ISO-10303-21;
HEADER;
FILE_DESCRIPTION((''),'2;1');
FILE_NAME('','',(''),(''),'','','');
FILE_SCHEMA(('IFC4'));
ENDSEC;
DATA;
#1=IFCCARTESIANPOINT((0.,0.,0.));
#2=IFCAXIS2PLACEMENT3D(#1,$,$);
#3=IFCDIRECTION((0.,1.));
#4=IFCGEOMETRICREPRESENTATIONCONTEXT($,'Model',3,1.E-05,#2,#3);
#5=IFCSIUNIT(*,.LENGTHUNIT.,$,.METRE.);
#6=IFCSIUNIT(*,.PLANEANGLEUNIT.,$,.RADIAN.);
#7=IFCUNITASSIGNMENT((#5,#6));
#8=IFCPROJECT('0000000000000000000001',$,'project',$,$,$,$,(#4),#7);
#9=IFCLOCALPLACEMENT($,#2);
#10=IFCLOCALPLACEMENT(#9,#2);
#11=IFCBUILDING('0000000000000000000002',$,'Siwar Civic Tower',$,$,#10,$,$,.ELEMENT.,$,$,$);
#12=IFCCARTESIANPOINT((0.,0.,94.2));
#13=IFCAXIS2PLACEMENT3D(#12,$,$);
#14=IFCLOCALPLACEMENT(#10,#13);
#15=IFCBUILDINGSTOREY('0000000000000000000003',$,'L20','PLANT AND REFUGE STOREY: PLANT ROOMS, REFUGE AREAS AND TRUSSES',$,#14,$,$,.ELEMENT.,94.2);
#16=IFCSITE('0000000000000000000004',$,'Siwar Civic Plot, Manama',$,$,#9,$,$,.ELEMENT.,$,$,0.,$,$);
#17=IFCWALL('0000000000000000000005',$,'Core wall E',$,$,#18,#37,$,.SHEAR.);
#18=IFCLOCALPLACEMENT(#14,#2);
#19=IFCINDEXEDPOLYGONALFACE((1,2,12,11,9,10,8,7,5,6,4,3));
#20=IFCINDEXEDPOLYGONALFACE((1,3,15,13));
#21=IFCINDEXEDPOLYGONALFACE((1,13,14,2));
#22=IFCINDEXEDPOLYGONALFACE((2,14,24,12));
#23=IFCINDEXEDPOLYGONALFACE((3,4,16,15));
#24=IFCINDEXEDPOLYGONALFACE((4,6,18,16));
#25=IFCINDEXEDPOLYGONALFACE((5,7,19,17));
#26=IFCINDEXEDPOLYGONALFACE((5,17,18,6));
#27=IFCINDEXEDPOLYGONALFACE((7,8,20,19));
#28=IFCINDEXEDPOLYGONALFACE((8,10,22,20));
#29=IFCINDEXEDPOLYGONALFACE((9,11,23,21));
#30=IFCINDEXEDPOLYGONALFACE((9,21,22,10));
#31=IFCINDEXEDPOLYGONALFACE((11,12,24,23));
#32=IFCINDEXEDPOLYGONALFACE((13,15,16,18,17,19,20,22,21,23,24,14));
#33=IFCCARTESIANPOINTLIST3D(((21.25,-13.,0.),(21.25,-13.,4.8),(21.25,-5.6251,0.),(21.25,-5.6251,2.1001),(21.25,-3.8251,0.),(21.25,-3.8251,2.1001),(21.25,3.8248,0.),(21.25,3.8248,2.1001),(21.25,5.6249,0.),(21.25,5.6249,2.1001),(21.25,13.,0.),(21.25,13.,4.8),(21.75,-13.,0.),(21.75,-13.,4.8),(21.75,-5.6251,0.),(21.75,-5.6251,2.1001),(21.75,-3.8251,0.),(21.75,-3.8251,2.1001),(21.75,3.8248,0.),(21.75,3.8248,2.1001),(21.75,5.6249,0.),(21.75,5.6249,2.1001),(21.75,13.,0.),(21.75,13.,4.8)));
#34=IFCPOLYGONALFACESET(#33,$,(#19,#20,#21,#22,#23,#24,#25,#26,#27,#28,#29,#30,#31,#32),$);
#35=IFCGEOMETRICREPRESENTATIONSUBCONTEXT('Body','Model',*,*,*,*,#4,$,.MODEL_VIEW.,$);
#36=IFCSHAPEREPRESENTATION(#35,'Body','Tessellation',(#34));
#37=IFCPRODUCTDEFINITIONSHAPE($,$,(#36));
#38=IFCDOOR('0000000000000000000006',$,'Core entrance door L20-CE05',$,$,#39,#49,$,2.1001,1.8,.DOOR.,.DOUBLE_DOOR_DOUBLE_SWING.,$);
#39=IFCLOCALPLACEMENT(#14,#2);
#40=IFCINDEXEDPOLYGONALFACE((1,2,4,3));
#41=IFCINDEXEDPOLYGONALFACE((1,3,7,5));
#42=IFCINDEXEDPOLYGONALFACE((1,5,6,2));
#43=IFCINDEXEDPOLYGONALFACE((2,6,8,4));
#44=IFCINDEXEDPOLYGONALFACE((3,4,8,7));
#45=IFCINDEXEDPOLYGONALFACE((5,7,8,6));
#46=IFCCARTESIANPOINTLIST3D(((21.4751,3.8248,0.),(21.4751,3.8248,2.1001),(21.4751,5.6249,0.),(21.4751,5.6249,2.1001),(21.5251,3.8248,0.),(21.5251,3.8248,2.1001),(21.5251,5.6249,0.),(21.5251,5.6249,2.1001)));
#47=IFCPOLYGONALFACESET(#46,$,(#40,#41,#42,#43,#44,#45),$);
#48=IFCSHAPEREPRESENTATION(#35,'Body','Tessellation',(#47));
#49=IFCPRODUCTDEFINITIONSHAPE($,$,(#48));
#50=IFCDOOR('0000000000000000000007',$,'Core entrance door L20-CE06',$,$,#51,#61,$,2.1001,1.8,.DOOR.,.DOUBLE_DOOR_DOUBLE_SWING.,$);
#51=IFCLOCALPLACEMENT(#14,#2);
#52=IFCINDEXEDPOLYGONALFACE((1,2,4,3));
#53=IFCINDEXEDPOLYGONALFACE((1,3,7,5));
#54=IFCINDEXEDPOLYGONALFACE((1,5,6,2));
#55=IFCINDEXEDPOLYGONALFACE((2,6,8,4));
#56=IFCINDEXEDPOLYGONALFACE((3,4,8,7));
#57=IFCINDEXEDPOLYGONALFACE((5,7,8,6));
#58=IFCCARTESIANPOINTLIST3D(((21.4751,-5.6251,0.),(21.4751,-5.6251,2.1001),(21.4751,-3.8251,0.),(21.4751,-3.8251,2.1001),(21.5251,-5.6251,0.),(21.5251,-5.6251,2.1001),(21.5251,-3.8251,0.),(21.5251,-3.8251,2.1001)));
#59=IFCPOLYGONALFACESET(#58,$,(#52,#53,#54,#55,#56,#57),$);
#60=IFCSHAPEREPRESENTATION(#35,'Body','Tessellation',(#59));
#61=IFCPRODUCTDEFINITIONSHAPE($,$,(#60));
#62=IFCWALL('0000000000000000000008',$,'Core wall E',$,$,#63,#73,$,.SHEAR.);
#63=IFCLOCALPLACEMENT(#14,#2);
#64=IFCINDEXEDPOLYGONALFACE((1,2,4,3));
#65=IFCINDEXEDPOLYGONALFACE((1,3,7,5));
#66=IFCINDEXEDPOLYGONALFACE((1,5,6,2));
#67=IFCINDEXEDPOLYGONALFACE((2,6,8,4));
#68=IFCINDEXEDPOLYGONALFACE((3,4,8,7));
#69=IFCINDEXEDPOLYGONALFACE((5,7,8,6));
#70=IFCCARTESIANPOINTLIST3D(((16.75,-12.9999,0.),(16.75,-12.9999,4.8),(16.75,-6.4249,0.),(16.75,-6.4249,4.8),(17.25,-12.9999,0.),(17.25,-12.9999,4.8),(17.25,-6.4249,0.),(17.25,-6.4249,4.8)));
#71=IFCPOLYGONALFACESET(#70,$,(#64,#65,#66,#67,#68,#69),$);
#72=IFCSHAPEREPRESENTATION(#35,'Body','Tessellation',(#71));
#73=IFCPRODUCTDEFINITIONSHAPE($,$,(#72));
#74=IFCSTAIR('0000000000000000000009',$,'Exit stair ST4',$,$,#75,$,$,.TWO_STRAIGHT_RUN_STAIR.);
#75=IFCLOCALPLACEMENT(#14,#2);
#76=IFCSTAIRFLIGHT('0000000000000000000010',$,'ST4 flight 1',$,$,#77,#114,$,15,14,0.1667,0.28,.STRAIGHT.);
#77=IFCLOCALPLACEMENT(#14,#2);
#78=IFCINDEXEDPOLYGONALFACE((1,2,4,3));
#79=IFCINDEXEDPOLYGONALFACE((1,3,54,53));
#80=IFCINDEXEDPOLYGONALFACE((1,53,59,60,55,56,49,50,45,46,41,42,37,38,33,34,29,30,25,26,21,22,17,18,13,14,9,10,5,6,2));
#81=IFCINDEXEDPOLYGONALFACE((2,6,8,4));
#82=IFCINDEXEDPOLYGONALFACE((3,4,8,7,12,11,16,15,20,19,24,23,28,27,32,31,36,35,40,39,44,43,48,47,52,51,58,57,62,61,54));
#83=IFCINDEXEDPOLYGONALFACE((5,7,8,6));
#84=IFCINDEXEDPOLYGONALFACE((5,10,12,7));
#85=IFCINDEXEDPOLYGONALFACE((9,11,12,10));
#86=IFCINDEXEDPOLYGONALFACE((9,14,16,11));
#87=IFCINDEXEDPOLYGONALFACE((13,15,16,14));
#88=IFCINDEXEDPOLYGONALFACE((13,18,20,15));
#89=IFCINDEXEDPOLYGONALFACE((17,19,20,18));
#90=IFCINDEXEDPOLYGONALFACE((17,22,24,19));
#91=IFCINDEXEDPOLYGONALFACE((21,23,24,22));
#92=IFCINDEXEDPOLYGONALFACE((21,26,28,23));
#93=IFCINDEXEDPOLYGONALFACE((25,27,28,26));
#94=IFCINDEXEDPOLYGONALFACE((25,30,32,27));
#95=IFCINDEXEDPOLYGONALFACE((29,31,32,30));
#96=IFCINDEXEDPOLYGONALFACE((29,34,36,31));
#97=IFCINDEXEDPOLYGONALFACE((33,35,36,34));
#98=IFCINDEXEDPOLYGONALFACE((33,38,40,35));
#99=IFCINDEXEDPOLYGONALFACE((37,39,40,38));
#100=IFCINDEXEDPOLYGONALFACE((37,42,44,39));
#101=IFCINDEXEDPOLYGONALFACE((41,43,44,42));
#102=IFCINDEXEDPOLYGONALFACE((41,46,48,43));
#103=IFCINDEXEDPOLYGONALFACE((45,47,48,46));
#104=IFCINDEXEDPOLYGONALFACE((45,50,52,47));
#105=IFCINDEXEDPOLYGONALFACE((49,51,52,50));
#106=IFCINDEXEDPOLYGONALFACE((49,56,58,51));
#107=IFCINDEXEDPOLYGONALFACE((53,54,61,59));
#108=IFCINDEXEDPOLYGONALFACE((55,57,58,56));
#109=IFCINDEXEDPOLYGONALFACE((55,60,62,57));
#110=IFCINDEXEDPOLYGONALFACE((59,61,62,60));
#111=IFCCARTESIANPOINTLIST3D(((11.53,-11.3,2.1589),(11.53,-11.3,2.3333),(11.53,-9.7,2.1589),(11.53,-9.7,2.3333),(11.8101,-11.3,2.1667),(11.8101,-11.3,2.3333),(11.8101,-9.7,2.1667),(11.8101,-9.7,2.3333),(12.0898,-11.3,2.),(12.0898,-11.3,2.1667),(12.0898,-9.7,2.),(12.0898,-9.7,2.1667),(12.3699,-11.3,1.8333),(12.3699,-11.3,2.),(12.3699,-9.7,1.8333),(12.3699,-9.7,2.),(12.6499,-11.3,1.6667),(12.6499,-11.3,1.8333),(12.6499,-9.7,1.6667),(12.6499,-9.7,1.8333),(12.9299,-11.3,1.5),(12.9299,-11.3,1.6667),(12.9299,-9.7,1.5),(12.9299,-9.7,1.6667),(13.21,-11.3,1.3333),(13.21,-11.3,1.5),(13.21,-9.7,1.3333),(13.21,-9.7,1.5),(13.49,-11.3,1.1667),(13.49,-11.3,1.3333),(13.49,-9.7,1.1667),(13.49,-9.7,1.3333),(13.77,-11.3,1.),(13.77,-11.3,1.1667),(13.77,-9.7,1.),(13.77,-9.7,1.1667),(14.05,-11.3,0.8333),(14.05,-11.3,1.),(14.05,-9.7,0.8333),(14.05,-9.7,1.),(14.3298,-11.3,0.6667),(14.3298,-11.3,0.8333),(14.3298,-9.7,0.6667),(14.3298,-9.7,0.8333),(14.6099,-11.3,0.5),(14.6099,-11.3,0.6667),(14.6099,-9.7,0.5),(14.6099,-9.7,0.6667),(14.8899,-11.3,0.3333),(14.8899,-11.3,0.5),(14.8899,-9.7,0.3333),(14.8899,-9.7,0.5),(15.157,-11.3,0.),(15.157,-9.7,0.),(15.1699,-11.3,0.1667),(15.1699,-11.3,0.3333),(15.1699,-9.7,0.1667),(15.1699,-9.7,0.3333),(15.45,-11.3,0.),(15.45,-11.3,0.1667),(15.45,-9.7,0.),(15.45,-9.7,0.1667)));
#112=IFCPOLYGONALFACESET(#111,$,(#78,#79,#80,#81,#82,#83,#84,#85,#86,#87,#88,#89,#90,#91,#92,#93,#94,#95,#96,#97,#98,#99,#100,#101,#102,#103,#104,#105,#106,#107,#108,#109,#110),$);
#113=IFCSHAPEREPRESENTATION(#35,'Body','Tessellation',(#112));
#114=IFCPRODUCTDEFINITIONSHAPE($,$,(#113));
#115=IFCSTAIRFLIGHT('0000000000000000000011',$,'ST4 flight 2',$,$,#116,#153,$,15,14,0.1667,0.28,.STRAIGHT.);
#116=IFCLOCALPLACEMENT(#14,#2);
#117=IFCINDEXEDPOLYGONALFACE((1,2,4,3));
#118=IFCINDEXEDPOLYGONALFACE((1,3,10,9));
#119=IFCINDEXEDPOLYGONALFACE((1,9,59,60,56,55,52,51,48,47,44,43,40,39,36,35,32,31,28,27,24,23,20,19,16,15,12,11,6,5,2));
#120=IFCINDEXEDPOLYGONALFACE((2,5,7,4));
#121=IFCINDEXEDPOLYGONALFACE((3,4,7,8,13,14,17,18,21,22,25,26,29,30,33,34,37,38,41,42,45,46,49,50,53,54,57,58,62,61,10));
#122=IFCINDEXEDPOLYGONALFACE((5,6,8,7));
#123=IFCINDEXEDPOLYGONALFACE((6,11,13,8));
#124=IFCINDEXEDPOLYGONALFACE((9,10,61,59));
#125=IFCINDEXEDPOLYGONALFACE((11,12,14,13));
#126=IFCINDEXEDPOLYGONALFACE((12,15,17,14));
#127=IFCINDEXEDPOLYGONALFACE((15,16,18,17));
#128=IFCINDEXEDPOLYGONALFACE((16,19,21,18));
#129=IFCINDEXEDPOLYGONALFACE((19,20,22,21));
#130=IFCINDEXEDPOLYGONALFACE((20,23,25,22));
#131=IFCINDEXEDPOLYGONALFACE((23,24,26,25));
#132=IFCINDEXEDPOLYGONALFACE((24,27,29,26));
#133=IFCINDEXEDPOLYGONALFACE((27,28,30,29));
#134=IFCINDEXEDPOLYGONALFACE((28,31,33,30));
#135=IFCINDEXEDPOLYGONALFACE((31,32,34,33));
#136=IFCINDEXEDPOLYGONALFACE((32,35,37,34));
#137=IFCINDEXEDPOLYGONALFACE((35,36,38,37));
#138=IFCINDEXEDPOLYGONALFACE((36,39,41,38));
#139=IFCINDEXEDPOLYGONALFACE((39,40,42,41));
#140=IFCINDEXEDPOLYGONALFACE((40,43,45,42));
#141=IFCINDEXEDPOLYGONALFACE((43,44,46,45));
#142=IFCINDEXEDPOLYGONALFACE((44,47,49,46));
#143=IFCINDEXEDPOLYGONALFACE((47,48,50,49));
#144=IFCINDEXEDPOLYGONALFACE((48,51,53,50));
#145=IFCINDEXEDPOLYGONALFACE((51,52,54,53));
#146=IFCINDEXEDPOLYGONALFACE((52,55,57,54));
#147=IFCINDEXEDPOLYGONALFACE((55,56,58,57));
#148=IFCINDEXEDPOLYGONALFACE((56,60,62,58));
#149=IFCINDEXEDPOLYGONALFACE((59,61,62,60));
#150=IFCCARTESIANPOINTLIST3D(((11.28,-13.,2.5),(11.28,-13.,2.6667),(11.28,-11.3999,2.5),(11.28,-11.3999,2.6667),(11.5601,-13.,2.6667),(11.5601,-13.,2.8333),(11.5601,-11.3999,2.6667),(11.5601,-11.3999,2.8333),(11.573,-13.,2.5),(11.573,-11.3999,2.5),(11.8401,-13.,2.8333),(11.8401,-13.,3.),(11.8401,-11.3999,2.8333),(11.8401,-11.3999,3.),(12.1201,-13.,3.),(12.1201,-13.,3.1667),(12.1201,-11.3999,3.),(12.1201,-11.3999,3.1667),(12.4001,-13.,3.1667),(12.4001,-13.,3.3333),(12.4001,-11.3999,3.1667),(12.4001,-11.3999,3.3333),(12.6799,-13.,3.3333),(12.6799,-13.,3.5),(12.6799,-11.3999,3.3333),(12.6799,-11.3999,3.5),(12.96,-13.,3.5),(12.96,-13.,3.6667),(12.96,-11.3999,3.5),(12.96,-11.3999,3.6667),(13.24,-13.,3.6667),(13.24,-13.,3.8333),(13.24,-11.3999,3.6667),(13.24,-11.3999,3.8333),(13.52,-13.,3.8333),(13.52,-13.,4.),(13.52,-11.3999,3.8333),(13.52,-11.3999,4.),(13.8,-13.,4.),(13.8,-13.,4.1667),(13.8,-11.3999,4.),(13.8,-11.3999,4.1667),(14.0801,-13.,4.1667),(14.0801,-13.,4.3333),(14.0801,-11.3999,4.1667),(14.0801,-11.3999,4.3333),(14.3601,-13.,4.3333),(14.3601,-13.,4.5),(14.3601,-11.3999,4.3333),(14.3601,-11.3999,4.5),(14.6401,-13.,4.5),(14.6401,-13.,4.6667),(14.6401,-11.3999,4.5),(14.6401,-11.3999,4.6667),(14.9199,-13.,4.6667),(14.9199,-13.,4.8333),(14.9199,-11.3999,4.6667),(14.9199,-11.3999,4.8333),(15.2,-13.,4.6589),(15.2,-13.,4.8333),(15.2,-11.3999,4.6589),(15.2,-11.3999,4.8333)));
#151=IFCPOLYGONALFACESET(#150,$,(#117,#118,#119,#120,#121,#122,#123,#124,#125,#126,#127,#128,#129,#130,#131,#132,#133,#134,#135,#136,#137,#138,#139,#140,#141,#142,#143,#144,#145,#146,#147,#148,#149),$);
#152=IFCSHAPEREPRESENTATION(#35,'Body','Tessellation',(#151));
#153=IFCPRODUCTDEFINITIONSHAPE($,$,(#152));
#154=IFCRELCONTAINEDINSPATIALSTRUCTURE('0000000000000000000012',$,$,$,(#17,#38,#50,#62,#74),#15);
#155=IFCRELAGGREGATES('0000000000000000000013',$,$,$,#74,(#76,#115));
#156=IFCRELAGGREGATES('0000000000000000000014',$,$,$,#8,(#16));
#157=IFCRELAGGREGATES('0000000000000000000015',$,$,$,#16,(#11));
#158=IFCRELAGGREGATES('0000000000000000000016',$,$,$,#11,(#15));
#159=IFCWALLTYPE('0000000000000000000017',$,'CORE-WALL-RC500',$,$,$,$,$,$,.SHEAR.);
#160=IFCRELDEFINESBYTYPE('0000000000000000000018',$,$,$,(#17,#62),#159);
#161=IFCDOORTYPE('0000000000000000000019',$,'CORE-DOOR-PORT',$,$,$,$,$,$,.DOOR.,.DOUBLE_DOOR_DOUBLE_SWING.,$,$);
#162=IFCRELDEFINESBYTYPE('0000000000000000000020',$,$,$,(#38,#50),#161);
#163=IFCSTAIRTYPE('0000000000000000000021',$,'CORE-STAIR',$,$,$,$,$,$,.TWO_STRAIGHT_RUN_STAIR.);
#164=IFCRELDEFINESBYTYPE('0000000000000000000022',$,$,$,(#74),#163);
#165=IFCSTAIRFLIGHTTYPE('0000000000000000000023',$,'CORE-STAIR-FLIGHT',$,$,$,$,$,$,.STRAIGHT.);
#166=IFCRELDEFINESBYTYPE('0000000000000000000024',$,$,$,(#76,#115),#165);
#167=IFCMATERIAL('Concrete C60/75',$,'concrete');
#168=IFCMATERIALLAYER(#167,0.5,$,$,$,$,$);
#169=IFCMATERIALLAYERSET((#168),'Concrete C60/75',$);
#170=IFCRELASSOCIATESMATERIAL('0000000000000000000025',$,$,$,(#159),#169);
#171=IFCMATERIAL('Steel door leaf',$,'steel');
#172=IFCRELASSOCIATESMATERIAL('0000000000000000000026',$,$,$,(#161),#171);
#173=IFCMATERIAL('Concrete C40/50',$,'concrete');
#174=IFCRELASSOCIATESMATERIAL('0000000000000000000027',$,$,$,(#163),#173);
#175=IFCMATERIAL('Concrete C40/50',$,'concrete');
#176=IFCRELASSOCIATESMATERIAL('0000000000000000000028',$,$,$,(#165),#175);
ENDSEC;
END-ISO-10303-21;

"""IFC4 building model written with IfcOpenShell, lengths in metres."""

from ifc_helpers import new_model, si_unit, direction, frame, frame_2d, origin, place, context, subcontext, project, spatial, polyline, rectangle, outline, extrude, material, layer, layer_set, type_object, element, fill, aggregate, save


model = new_model("IFC4")

# Units and contexts
model_context = context("Model", 3, precision=1e-05, world=origin(), true_north=direction((0.0, 1.0)))
body_context = subcontext(model_context, "Body", "Model", "MODEL_VIEW")
ifc_project = project(units=[si_unit("LENGTHUNIT", "METRE"), si_unit("PLANEANGLEUNIT", "RADIAN")], contexts=[model_context])

# Site, building, storey
site_placement = place(None, origin())
site = spatial("IfcSite", under=ifc_project, at=site_placement, Name="Siwar Civic Plot, Manama", CompositionType="ELEMENT", RefElevation=0.0)
building_placement = place(site_placement, origin())
building = spatial("IfcBuilding", under=site, at=building_placement, Name="Siwar Civic Tower", CompositionType="ELEMENT")
storey_placement = place(building_placement, frame((0.0, 0.0, 94.2)))
storey = spatial("IfcBuildingStorey", under=building, at=storey_placement, Name="L20", Description="PLANT AND REFUGE STOREY: PLANT ROOMS, REFUGE AREAS AND TRUSSES", CompositionType="ELEMENT", Elevation=94.2)

# Wall, openings, doors
ifc_material_1 = material(Name="Concrete C60/75", Category="concrete")
ifc_layer_1 = layer(ifc_material_1, 0.5)
ifc_layer_set_1 = layer_set([ifc_layer_1], Name="Concrete C60/75")
wall_type_1 = type_object("IfcWallType", Name="CORE-WALL-RC500", PredefinedType="SHEAR", material=ifc_layer_set_1)
wall_1_placement = place(storey_placement, frame((21.5, -13.0, 0.0), z_axis=(0.0, 0.0, 1.0), x_axis=(0.0, 1.0, 0.0)))
wall_1 = element("IfcWall", 1, at=wall_1_placement, inside=storey, type_object=wall_type_1, Name="Core wall E", PredefinedType="SHEAR", context=body_context, shape_type="SweptSolid", body=[
    extrude(rectangle(XDim=26.0, YDim=0.5, at=frame_2d((13.0, 0.0))), origin(), (0.0, 0.0, 1.0), 4.8),
])
opening_1_placement = place(wall_1_placement, frame((16.825, 0.0, 0.0)))
opening_1 = element("IfcOpeningElement", 2, at=opening_1_placement, cuts=wall_1, PredefinedType="OPENING", context=body_context, shape_type="SweptSolid", body=[
    extrude(rectangle(XDim=1.8, YDim=2.1001, at=frame_2d((0.8999, 1.05))), frame((0.0, 0.26, 0.0), z_axis=(0.0, -1.0, 0.0), x_axis=(1.0, 0.0, 0.0)), (0.0, 0.0, 1.0), 0.52),
])
opening_2_placement = place(wall_1_placement, frame((7.375, 0.0, 0.0)))
opening_2 = element("IfcOpeningElement", 3, at=opening_2_placement, cuts=wall_1, PredefinedType="OPENING", context=body_context, shape_type="SweptSolid", body=[
    extrude(rectangle(XDim=1.8, YDim=2.1001, at=frame_2d((0.8999, 1.05))), frame((0.0, 0.26, 0.0), z_axis=(0.0, -1.0, 0.0), x_axis=(1.0, 0.0, 0.0)), (0.0, 0.0, 1.0), 0.52),
])
ifc_material_2 = material(Name="Steel door leaf", Category="steel")
door_type_1 = type_object("IfcDoorType", Name="CORE-DOOR-PORT", OperationType="DOUBLE_DOOR_DOUBLE_SWING", PredefinedType="DOOR", material=ifc_material_2)
door_1_placement = place(opening_1_placement, origin())
door_1 = element("IfcDoor", 4, at=door_1_placement, inside=storey, type_object=door_type_1, Name="Core entrance door L20-CE05", OperationType="DOUBLE_DOOR_DOUBLE_SWING", OverallHeight=2.1001, OverallWidth=1.8, PredefinedType="DOOR", context=body_context, shape_type="SweptSolid", body=[
    extrude(rectangle(XDim=1.8, YDim=2.1001, at=frame_2d((0.8999, 1.05))), frame((0.0, 0.0249, 0.0), z_axis=(0.0, -1.0, 0.0), x_axis=(1.0, 0.0, 0.0)), (0.0, 0.0, 1.0), 0.05),
])
fill(opening_1, door_1)
door_2_placement = place(opening_2_placement, origin())
door_2 = element("IfcDoor", 5, at=door_2_placement, inside=storey, type_object=door_type_1, Name="Core entrance door L20-CE06", OperationType="DOUBLE_DOOR_DOUBLE_SWING", OverallHeight=2.1001, OverallWidth=1.8, PredefinedType="DOOR", context=body_context, shape_type="SweptSolid", body=[
    extrude(rectangle(XDim=1.8, YDim=2.1001, at=frame_2d((0.8999, 1.05))), frame((0.0, 0.0249, 0.0), z_axis=(0.0, -1.0, 0.0), x_axis=(1.0, 0.0, 0.0)), (0.0, 0.0, 1.0), 0.05),
])
fill(opening_2, door_2)

# Wall
wall_2_placement = place(storey_placement, frame((17.0, -13.0, 0.0), z_axis=(0.0, 0.0, 1.0), x_axis=(0.0, 1.0, 0.0)))
element("IfcWall", 6, at=wall_2_placement, inside=storey, type_object=wall_type_1, Name="Core wall E", PredefinedType="SHEAR", context=body_context, shape_type="SweptSolid", body=[
    extrude(rectangle(XDim=6.575, YDim=0.5, at=frame_2d((3.2876, 0.0))), origin(), (0.0, 0.0, 1.0), 4.8),
])

# Stair, stair flights
ifc_material_3 = material(Name="Concrete C40/50", Category="concrete")
stair_type = type_object("IfcStairType", Name="CORE-STAIR", PredefinedType="TWO_STRAIGHT_RUN_STAIR", material=ifc_material_3)
stair_placement = place(storey_placement, origin())
stair = element("IfcStair", 7, at=stair_placement, inside=storey, type_object=stair_type, Name="Exit stair ST4", PredefinedType="TWO_STRAIGHT_RUN_STAIR")
ifc_material_4 = material(Name="Concrete C40/50", Category="concrete")
stair_flight_type = type_object("IfcStairFlightType", Name="CORE-STAIR-FLIGHT", PredefinedType="STRAIGHT", material=ifc_material_4)
stair_flight_1_placement = place(storey_placement, frame((15.45, -10.5, 0.0), z_axis=(0.0, 0.0, 1.0), x_axis=(-1.0, 0.0, 0.0)))
stair_flight_1 = element("IfcStairFlight", 8, at=stair_flight_1_placement, type_object=stair_flight_type, Name="ST4 flight 1", NumberOfRisers=15, NumberOfTreads=14, PredefinedType="STRAIGHT", RiserHeight=0.1667, TreadLength=0.28, context=body_context, shape_type="SweptSolid", body=[
    extrude(outline(polyline([(0.0, 0.0), (0.0, 0.1667), (0.28, 0.1667), (0.28, 0.3333), (0.5601, 0.3333), (0.5601, 0.5), (0.8401, 0.5), (0.8401, 0.6667), (1.1201, 0.6667), (1.1201, 0.8333), (1.3999, 0.8333), (1.3999, 1.0), (1.6799, 1.0), (1.6799, 1.1667), (1.96, 1.1667), (1.96, 1.3333), (2.24, 1.3333), (2.24, 1.5), (2.52, 1.5), (2.52, 1.6667), (2.8, 1.6667), (2.8, 1.8333), (3.0801, 1.8333), (3.0801, 2.0), (3.3601, 2.0), (3.3601, 2.1667), (3.6399, 2.1667), (3.6399, 2.3333), (3.9199, 2.3333), (3.9199, 2.5), (3.9199, 2.1589), (0.293, 0.0), (0.0, 0.0)])), frame((0.0, 0.8, 0.0), z_axis=(0.0, -1.0, 0.0), x_axis=(1.0, 0.0, 0.0)), (0.0, 0.0, 1.0), 1.6001),
])
stair_flight_2_placement = place(storey_placement, frame((11.28, -12.2, 2.5), z_axis=(0.0, 0.0, 1.0), x_axis=(1.0, 0.0, 0.0)))
stair_flight_2 = element("IfcStairFlight", 9, at=stair_flight_2_placement, type_object=stair_flight_type, Name="ST4 flight 2", NumberOfRisers=15, NumberOfTreads=14, PredefinedType="STRAIGHT", RiserHeight=0.1667, TreadLength=0.28, context=body_context, shape_type="SweptSolid", body=[
    extrude(outline(polyline([(0.0, 0.0), (0.0, 0.1667), (0.28, 0.1667), (0.28, 0.3333), (0.5601, 0.3333), (0.5601, 0.5), (0.8401, 0.5), (0.8401, 0.6667), (1.1201, 0.6667), (1.1201, 0.8333), (1.3999, 0.8333), (1.3999, 1.0), (1.6799, 1.0), (1.6799, 1.1667), (1.96, 1.1667), (1.96, 1.3333), (2.24, 1.3333), (2.24, 1.5), (2.52, 1.5), (2.52, 1.6667), (2.8, 1.6667), (2.8, 1.8333), (3.0801, 1.8333), (3.0801, 2.0), (3.3601, 2.0), (3.3601, 2.1667), (3.6399, 2.1667), (3.6399, 2.3333), (3.9199, 2.3333), (3.9199, 2.5), (3.9199, 2.1589), (0.293, 0.0), (0.0, 0.0)])), frame((0.0, 0.8, 0.0), z_axis=(0.0, -1.0, 0.0), x_axis=(1.0, 0.0, 0.0)), (0.0, 0.0, 1.0), 1.6001),
])
aggregate(stair, [stair_flight_1, stair_flight_2])

save(model, "model.ifc")
